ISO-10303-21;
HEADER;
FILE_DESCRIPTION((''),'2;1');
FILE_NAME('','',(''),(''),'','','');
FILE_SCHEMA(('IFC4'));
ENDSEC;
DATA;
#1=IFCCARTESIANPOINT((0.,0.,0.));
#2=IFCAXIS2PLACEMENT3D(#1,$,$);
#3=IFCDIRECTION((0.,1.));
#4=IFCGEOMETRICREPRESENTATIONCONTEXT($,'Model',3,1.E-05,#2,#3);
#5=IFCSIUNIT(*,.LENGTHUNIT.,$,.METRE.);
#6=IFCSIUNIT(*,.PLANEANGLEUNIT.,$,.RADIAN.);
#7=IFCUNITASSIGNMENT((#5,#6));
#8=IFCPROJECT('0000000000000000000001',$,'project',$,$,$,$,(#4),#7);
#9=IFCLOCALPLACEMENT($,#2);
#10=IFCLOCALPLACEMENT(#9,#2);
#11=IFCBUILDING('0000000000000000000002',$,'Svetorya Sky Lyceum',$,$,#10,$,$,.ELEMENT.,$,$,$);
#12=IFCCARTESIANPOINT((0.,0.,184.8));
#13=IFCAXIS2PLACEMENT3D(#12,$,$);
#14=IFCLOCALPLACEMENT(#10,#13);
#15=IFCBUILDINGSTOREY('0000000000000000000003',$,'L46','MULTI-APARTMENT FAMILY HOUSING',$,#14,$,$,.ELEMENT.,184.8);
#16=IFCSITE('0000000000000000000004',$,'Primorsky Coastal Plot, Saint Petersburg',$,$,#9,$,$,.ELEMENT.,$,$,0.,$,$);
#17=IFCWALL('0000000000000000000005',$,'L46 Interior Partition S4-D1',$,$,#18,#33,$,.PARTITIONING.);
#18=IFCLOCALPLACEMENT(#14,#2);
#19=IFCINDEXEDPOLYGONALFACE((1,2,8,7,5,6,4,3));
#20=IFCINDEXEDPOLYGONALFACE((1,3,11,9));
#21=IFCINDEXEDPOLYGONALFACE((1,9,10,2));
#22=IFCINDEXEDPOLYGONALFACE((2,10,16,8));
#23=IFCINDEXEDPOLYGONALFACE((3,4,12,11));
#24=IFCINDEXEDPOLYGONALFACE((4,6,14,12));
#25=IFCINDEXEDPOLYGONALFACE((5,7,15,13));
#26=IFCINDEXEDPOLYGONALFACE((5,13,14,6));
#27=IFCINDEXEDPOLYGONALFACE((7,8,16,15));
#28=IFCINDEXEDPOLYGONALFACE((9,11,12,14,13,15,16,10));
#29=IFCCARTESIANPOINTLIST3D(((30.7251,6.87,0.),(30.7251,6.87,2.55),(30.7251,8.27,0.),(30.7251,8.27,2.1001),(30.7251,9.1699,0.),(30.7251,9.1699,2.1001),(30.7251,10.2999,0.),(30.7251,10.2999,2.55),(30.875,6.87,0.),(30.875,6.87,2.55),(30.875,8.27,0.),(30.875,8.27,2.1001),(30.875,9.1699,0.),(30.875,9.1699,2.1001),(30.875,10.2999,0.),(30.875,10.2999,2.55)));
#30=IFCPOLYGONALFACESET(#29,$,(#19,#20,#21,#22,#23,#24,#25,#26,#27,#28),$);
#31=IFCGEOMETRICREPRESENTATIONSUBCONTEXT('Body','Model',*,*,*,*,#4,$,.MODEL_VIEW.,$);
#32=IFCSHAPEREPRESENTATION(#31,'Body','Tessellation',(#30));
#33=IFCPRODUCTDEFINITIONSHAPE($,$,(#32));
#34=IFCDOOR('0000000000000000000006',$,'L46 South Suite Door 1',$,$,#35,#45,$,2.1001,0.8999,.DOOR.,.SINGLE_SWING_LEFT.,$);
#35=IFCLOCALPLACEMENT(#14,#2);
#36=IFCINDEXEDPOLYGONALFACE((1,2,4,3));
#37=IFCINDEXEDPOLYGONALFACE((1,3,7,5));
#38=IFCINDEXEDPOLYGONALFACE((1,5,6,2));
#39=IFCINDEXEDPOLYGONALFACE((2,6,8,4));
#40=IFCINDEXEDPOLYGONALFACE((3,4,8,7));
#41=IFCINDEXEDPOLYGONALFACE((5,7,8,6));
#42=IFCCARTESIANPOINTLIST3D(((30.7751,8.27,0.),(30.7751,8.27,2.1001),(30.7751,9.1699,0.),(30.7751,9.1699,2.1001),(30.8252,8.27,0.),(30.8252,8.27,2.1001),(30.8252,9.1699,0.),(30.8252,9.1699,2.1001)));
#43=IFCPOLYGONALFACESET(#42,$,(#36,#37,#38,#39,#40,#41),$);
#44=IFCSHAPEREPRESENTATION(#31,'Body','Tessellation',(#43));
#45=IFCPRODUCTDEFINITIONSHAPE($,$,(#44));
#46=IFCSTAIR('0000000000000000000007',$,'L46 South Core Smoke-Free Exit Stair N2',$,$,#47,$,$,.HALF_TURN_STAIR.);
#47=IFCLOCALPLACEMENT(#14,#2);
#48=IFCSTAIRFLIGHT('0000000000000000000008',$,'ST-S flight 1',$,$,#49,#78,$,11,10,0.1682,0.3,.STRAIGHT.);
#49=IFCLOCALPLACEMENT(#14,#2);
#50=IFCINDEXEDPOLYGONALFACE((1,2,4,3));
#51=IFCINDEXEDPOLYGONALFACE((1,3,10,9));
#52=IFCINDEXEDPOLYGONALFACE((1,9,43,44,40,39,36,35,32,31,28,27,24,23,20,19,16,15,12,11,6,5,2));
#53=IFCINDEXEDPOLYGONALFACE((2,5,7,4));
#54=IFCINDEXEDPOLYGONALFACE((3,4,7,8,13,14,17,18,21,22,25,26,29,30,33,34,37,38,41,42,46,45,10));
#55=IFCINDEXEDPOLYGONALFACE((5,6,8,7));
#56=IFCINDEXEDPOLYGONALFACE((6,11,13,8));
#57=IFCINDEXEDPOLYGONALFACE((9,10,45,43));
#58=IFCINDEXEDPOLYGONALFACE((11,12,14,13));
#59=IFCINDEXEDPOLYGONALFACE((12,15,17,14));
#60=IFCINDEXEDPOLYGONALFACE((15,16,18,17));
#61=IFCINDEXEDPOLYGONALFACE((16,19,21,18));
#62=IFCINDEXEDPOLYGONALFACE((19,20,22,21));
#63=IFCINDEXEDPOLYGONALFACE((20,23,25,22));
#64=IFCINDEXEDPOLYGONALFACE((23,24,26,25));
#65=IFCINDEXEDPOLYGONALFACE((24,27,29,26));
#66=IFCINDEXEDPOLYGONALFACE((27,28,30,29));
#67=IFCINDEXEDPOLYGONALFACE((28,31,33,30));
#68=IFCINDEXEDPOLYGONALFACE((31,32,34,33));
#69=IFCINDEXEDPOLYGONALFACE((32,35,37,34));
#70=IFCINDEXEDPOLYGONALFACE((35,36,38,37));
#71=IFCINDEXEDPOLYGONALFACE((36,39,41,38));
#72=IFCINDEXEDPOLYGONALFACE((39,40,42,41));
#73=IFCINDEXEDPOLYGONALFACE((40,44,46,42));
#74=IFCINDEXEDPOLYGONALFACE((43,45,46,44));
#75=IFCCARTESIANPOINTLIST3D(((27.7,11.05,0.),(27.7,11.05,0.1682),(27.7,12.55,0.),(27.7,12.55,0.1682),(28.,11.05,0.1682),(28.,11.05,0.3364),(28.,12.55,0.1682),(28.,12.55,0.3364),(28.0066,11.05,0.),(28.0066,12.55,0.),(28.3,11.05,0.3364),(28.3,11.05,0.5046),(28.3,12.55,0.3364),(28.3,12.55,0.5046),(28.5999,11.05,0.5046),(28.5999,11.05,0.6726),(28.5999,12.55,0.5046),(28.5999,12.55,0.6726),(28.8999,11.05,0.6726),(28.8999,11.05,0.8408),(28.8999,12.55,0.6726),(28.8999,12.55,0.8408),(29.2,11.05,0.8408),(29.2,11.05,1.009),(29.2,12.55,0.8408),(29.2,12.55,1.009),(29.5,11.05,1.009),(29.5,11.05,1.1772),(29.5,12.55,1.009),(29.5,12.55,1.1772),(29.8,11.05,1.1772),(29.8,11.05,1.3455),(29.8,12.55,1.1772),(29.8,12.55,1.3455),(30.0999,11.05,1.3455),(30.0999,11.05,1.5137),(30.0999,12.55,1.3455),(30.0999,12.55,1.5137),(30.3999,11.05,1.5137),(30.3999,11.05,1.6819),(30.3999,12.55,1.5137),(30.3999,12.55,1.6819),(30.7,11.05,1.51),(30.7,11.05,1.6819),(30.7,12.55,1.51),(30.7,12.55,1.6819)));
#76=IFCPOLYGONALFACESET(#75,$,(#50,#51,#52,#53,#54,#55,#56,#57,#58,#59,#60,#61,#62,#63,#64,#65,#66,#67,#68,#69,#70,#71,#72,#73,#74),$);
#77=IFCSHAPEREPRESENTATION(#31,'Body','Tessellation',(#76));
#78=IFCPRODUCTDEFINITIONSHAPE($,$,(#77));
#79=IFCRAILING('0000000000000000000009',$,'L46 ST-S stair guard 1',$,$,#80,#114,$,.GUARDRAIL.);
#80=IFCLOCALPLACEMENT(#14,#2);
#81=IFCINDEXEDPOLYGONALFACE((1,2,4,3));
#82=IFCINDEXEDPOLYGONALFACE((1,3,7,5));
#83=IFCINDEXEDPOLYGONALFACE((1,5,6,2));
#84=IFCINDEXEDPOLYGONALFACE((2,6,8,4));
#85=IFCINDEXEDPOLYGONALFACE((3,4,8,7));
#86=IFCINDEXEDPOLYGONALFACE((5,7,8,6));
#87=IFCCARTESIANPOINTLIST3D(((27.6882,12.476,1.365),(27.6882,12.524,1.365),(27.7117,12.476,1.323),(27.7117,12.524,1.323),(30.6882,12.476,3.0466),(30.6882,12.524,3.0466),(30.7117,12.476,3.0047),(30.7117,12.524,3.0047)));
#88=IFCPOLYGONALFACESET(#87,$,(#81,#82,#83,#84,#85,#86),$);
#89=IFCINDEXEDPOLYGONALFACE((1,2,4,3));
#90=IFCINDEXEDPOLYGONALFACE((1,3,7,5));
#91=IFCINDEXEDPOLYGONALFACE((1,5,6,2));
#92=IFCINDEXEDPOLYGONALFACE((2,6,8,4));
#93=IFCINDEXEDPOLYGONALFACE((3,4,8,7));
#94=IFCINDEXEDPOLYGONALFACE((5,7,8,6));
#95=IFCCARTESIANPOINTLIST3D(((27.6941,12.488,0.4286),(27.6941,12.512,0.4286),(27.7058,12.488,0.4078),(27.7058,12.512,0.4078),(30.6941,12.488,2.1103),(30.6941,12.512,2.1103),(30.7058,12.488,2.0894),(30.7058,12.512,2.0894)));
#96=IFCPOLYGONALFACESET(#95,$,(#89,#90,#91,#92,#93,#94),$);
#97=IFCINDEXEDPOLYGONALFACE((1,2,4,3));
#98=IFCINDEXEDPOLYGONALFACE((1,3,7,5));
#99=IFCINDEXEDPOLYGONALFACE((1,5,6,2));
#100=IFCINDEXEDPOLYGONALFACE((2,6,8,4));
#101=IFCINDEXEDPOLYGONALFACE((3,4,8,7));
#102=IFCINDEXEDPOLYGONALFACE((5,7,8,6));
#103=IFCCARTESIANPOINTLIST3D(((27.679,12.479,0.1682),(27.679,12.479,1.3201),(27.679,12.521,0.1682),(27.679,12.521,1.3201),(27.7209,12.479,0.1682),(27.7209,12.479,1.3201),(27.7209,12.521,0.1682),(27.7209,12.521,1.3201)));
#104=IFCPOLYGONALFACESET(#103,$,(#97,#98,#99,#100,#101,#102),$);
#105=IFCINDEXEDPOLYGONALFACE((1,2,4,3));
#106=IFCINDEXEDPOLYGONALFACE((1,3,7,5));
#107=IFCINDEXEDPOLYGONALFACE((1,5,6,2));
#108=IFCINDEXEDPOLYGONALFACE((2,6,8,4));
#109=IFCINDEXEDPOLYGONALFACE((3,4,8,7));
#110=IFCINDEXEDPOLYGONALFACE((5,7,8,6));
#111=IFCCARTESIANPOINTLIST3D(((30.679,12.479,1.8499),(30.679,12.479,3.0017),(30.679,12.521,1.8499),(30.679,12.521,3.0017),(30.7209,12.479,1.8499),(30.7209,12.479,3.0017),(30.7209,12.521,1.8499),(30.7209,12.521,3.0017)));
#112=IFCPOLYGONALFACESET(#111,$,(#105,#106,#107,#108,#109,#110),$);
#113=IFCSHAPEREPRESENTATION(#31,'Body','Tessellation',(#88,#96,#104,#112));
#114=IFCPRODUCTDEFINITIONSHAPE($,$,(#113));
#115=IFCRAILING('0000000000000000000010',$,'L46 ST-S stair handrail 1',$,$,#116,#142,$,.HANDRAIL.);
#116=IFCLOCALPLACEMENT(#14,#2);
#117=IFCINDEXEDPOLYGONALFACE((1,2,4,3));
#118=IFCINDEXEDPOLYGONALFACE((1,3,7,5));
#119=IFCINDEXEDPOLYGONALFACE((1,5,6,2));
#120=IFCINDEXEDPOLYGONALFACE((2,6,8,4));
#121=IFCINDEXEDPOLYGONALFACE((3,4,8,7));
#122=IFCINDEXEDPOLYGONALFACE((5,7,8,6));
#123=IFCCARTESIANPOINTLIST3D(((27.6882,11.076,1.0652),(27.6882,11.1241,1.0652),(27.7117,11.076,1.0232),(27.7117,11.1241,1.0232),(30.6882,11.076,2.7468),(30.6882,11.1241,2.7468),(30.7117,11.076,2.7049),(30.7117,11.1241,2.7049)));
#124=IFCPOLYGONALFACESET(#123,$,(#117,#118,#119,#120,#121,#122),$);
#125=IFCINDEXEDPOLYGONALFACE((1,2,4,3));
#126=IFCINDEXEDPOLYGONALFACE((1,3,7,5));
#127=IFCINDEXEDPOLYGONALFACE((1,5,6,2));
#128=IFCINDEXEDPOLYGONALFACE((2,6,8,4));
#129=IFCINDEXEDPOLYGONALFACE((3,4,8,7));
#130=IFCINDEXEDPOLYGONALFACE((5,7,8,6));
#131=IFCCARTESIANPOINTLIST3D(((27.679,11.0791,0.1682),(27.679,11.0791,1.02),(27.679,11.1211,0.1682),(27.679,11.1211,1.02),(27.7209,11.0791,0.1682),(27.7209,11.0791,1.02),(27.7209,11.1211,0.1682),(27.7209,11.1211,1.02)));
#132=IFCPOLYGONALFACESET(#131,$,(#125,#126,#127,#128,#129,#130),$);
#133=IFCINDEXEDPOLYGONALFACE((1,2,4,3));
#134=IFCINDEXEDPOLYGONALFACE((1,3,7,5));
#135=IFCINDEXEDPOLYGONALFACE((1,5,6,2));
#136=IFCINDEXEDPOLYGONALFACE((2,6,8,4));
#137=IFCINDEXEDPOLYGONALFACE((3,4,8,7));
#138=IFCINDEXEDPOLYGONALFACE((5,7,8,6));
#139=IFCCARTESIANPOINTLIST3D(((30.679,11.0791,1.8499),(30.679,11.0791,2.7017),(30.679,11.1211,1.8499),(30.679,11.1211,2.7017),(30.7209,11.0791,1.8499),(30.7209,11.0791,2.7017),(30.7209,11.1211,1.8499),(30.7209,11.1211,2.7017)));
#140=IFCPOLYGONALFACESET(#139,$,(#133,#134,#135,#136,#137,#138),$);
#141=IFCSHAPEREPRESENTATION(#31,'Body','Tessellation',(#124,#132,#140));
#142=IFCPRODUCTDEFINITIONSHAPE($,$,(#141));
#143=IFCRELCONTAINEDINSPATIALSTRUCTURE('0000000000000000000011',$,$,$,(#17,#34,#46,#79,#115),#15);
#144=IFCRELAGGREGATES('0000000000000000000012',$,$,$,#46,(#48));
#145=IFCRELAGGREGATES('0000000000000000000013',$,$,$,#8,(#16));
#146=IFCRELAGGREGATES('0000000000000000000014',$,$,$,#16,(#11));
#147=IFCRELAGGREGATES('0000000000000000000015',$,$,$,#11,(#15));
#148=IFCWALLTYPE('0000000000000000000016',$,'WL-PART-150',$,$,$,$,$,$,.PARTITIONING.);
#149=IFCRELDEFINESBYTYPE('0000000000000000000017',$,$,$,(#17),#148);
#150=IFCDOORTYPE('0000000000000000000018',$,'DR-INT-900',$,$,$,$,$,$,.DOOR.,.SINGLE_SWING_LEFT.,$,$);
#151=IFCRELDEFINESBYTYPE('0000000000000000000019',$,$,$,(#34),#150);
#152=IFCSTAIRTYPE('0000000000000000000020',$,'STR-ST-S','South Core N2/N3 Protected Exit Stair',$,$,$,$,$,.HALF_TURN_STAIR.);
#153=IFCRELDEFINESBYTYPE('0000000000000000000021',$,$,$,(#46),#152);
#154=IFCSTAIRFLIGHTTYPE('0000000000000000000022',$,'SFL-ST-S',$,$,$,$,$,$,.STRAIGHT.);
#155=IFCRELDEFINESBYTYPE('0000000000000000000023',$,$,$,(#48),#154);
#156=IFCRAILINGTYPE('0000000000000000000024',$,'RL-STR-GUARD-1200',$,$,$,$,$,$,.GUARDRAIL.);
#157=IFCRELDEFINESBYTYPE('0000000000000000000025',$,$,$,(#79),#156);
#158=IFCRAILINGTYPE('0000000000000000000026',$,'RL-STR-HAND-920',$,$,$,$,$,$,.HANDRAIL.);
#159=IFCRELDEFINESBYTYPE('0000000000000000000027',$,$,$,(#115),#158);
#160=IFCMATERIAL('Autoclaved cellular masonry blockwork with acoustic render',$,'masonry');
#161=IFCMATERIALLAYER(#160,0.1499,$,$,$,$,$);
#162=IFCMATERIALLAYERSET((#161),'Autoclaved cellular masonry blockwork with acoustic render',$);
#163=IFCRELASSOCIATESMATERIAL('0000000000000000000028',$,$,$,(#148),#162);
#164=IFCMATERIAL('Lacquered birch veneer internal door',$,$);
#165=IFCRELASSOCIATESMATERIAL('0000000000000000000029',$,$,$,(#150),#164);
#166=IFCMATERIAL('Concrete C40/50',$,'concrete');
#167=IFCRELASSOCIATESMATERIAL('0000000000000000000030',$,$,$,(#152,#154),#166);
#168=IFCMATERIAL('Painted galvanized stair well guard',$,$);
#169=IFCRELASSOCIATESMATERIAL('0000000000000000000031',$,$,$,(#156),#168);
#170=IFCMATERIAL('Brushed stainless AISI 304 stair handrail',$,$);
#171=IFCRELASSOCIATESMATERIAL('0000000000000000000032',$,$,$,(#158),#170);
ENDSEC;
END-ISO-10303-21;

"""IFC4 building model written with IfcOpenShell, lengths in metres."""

from ifc_helpers import new_model, si_unit, direction, frame, frame_2d, origin, origin_2d, place, context, subcontext, project, spatial, polyline, rectangle, outline, extrude, material, layer, layer_set, type_object, element, fill, aggregate, save


model = new_model("IFC4")

# Units and contexts
model_context = context("Model", 3, precision=1e-05, world=origin(), true_north=direction((0.0, 1.0)))
body_context = subcontext(model_context, "Body", "Model", "MODEL_VIEW")
ifc_project = project(units=[si_unit("LENGTHUNIT", "METRE"), si_unit("PLANEANGLEUNIT", "RADIAN")], contexts=[model_context])

# Site, building, storey
site_placement = place(None, origin())
site = spatial("IfcSite", under=ifc_project, at=site_placement, Name="Primorsky Coastal Plot, Saint Petersburg", CompositionType="ELEMENT", RefElevation=0.0)
building_placement = place(site_placement, origin())
building = spatial("IfcBuilding", under=site, at=building_placement, Name="Svetorya Sky Lyceum", CompositionType="ELEMENT")
storey_placement = place(building_placement, frame((0.0, 0.0, 184.8)))
storey = spatial("IfcBuildingStorey", under=building, at=storey_placement, Name="L46", Description="MULTI-APARTMENT FAMILY HOUSING", CompositionType="ELEMENT", Elevation=184.8)

# Shared definitions
ifc_material_1 = material(Name="Concrete C40/50", Category="concrete")

# Wall, opening, door
ifc_material_2 = material(Name="Autoclaved cellular masonry blockwork with acoustic render", Category="masonry")
ifc_layer_1 = layer(ifc_material_2, 0.1499)
ifc_layer_set_1 = layer_set([ifc_layer_1], Name="Autoclaved cellular masonry blockwork with acoustic render")
wall_type_1 = type_object("IfcWallType", Name="WL-PART-150", PredefinedType="PARTITIONING", material=ifc_layer_set_1)
wall_1_placement = place(storey_placement, frame((30.8, 6.8701, 0.0), z_axis=(0.0, 0.0, 1.0), x_axis=(0.0, 1.0, 0.0)))
wall_1 = element("IfcWall", 1, at=wall_1_placement, inside=storey, type_object=wall_type_1, Name="L46 Interior Partition S4-D1", PredefinedType="PARTITIONING", context=body_context, shape_type="SweptSolid", body=[
    extrude(rectangle(XDim=3.4299, YDim=0.1499, at=frame_2d((1.7148, 0.0))), origin(), (0.0, 0.0, 1.0), 2.55),
])
opening_placement = place(wall_1_placement, frame((1.3999, 0.0, 0.0)))
opening = element("IfcOpeningElement", 2, at=opening_placement, cuts=wall_1, PredefinedType="OPENING", context=body_context, shape_type="SweptSolid", body=[
    extrude(rectangle(XDim=0.8999, YDim=2.1001, at=frame_2d((0.45, 1.05))), frame((0.0, 0.085, 0.0), z_axis=(0.0, -1.0, 0.0), x_axis=(1.0, 0.0, 0.0)), (0.0, 0.0, 1.0), 0.1699),
])
ifc_material_3 = material(Name="Lacquered birch veneer internal door")
door_type = type_object("IfcDoorType", Name="DR-INT-900", OperationType="SINGLE_SWING_LEFT", PredefinedType="DOOR", material=ifc_material_3)
door_placement = place(opening_placement, origin())
door = element("IfcDoor", 3, at=door_placement, inside=storey, type_object=door_type, Name="L46 South Suite Door 1", OperationType="SINGLE_SWING_LEFT", OverallHeight=2.1001, OverallWidth=0.8999, PredefinedType="DOOR", context=body_context, shape_type="SweptSolid", body=[
    extrude(rectangle(XDim=0.8999, YDim=2.1001, at=frame_2d((0.45, 1.05))), frame((0.0, 0.0249, 0.0), z_axis=(0.0, -1.0, 0.0), x_axis=(1.0, 0.0, 0.0)), (0.0, 0.0, 1.0), 0.05),
])
fill(opening, door)

# Stair, stair flight
stair_type = type_object("IfcStairType", Name="STR-ST-S", Description="South Core N2/N3 Protected Exit Stair", PredefinedType="HALF_TURN_STAIR", material=ifc_material_1)
stair_placement = place(storey_placement, origin())
stair = element("IfcStair", 4, at=stair_placement, inside=storey, type_object=stair_type, Name="L46 South Core Smoke-Free Exit Stair N2", PredefinedType="HALF_TURN_STAIR")
stair_flight_type = type_object("IfcStairFlightType", Name="SFL-ST-S", PredefinedType="STRAIGHT", material=ifc_material_1)
stair_flight_placement = place(storey_placement, frame((27.7, 11.8, 0.0), z_axis=(0.0, 0.0, 1.0), x_axis=(1.0, 0.0, 0.0)))
stair_flight = element("IfcStairFlight", 5, at=stair_flight_placement, type_object=stair_flight_type, Name="ST-S flight 1", NumberOfRisers=11, NumberOfTreads=10, PredefinedType="STRAIGHT", RiserHeight=0.1682, TreadLength=0.3, context=body_context, shape_type="SweptSolid", body=[
    extrude(outline(polyline([(0.0, 0.0), (0.0, 0.1682), (0.3, 0.1682), (0.3, 0.3364), (0.6001, 0.3364), (0.6001, 0.5046), (0.8999, 0.5046), (0.8999, 0.6726), (1.2, 0.6726), (1.2, 0.8408), (1.5, 0.8408), (1.5, 1.009), (1.8, 1.009), (1.8, 1.1772), (2.1001, 1.1772), (2.1001, 1.3455), (2.3999, 1.3455), (2.3999, 1.5137), (2.7, 1.5137), (2.7, 1.6819), (3.0, 1.6819), (3.0, 1.8501), (3.0, 1.51), (0.3066, 0.0), (0.0, 0.0)])), frame((0.0, 0.75, 0.0), z_axis=(0.0, -1.0, 0.0), x_axis=(1.0, 0.0, 0.0)), (0.0, 0.0, 1.0), 1.5),
])
aggregate(stair, [stair_flight])

# Railings
ifc_material_4 = material(Name="Painted galvanized stair well guard")
railing_type_1 = type_object("IfcRailingType", Name="RL-STR-GUARD-1200", PredefinedType="GUARDRAIL", material=ifc_material_4)
railing_1_placement = place(storey_placement, frame((27.7, 12.5, 0.1682)))
element("IfcRailing", 6, at=railing_1_placement, inside=storey, type_object=railing_type_1, Name="L46 ST-S stair guard 1", PredefinedType="GUARDRAIL", context=body_context, shape_type="SweptSolid", body=[
    extrude(rectangle(XDim=0.0481, YDim=0.0481, at=origin_2d()), frame((0.0, 0.0, 1.1758), z_axis=(0.872303, 0.0, 0.488966), x_axis=(0.0, 1.0, 0.0)), (0.0, 0.0, 1.0), 3.4392),
    extrude(rectangle(XDim=0.0239, YDim=0.0239, at=origin_2d()), frame((0.0, 0.0, 0.25), z_axis=(0.872303, 0.0, 0.488966), x_axis=(0.0, 1.0, 0.0)), (0.0, 0.0, 1.0), 3.4392),
    extrude(rectangle(XDim=0.042, YDim=0.042, at=origin_2d()), origin(), (0.0, 0.0, 1.0), 1.1519),
    extrude(rectangle(XDim=0.042, YDim=0.042, at=origin_2d()), frame((3.0, 0.0, 1.6816)), (0.0, 0.0, 1.0), 1.1519),
])
ifc_material_5 = material(Name="Brushed stainless AISI 304 stair handrail")
railing_type_2 = type_object("IfcRailingType", Name="RL-STR-HAND-920", PredefinedType="HANDRAIL", material=ifc_material_5)
railing_2_placement = place(storey_placement, frame((27.7, 11.1001, 0.1682)))
element("IfcRailing", 7, at=railing_2_placement, inside=storey, type_object=railing_type_2, Name="L46 ST-S stair handrail 1", PredefinedType="HANDRAIL", context=body_context, shape_type="SweptSolid", body=[
    extrude(rectangle(XDim=0.0481, YDim=0.0481, at=origin_2d()), frame((0.0, 0.0, 0.876), z_axis=(0.872303, 0.0, 0.488966), x_axis=(0.0, 1.0, 0.0)), (0.0, 0.0, 1.0), 3.4392),
    extrude(rectangle(XDim=0.042, YDim=0.042, at=origin_2d()), origin(), (0.0, 0.0, 1.0), 0.8518),
    extrude(rectangle(XDim=0.042, YDim=0.042, at=origin_2d()), frame((3.0, 0.0, 1.6816)), (0.0, 0.0, 1.0), 0.8518),
])

save(model, "model.ifc")
